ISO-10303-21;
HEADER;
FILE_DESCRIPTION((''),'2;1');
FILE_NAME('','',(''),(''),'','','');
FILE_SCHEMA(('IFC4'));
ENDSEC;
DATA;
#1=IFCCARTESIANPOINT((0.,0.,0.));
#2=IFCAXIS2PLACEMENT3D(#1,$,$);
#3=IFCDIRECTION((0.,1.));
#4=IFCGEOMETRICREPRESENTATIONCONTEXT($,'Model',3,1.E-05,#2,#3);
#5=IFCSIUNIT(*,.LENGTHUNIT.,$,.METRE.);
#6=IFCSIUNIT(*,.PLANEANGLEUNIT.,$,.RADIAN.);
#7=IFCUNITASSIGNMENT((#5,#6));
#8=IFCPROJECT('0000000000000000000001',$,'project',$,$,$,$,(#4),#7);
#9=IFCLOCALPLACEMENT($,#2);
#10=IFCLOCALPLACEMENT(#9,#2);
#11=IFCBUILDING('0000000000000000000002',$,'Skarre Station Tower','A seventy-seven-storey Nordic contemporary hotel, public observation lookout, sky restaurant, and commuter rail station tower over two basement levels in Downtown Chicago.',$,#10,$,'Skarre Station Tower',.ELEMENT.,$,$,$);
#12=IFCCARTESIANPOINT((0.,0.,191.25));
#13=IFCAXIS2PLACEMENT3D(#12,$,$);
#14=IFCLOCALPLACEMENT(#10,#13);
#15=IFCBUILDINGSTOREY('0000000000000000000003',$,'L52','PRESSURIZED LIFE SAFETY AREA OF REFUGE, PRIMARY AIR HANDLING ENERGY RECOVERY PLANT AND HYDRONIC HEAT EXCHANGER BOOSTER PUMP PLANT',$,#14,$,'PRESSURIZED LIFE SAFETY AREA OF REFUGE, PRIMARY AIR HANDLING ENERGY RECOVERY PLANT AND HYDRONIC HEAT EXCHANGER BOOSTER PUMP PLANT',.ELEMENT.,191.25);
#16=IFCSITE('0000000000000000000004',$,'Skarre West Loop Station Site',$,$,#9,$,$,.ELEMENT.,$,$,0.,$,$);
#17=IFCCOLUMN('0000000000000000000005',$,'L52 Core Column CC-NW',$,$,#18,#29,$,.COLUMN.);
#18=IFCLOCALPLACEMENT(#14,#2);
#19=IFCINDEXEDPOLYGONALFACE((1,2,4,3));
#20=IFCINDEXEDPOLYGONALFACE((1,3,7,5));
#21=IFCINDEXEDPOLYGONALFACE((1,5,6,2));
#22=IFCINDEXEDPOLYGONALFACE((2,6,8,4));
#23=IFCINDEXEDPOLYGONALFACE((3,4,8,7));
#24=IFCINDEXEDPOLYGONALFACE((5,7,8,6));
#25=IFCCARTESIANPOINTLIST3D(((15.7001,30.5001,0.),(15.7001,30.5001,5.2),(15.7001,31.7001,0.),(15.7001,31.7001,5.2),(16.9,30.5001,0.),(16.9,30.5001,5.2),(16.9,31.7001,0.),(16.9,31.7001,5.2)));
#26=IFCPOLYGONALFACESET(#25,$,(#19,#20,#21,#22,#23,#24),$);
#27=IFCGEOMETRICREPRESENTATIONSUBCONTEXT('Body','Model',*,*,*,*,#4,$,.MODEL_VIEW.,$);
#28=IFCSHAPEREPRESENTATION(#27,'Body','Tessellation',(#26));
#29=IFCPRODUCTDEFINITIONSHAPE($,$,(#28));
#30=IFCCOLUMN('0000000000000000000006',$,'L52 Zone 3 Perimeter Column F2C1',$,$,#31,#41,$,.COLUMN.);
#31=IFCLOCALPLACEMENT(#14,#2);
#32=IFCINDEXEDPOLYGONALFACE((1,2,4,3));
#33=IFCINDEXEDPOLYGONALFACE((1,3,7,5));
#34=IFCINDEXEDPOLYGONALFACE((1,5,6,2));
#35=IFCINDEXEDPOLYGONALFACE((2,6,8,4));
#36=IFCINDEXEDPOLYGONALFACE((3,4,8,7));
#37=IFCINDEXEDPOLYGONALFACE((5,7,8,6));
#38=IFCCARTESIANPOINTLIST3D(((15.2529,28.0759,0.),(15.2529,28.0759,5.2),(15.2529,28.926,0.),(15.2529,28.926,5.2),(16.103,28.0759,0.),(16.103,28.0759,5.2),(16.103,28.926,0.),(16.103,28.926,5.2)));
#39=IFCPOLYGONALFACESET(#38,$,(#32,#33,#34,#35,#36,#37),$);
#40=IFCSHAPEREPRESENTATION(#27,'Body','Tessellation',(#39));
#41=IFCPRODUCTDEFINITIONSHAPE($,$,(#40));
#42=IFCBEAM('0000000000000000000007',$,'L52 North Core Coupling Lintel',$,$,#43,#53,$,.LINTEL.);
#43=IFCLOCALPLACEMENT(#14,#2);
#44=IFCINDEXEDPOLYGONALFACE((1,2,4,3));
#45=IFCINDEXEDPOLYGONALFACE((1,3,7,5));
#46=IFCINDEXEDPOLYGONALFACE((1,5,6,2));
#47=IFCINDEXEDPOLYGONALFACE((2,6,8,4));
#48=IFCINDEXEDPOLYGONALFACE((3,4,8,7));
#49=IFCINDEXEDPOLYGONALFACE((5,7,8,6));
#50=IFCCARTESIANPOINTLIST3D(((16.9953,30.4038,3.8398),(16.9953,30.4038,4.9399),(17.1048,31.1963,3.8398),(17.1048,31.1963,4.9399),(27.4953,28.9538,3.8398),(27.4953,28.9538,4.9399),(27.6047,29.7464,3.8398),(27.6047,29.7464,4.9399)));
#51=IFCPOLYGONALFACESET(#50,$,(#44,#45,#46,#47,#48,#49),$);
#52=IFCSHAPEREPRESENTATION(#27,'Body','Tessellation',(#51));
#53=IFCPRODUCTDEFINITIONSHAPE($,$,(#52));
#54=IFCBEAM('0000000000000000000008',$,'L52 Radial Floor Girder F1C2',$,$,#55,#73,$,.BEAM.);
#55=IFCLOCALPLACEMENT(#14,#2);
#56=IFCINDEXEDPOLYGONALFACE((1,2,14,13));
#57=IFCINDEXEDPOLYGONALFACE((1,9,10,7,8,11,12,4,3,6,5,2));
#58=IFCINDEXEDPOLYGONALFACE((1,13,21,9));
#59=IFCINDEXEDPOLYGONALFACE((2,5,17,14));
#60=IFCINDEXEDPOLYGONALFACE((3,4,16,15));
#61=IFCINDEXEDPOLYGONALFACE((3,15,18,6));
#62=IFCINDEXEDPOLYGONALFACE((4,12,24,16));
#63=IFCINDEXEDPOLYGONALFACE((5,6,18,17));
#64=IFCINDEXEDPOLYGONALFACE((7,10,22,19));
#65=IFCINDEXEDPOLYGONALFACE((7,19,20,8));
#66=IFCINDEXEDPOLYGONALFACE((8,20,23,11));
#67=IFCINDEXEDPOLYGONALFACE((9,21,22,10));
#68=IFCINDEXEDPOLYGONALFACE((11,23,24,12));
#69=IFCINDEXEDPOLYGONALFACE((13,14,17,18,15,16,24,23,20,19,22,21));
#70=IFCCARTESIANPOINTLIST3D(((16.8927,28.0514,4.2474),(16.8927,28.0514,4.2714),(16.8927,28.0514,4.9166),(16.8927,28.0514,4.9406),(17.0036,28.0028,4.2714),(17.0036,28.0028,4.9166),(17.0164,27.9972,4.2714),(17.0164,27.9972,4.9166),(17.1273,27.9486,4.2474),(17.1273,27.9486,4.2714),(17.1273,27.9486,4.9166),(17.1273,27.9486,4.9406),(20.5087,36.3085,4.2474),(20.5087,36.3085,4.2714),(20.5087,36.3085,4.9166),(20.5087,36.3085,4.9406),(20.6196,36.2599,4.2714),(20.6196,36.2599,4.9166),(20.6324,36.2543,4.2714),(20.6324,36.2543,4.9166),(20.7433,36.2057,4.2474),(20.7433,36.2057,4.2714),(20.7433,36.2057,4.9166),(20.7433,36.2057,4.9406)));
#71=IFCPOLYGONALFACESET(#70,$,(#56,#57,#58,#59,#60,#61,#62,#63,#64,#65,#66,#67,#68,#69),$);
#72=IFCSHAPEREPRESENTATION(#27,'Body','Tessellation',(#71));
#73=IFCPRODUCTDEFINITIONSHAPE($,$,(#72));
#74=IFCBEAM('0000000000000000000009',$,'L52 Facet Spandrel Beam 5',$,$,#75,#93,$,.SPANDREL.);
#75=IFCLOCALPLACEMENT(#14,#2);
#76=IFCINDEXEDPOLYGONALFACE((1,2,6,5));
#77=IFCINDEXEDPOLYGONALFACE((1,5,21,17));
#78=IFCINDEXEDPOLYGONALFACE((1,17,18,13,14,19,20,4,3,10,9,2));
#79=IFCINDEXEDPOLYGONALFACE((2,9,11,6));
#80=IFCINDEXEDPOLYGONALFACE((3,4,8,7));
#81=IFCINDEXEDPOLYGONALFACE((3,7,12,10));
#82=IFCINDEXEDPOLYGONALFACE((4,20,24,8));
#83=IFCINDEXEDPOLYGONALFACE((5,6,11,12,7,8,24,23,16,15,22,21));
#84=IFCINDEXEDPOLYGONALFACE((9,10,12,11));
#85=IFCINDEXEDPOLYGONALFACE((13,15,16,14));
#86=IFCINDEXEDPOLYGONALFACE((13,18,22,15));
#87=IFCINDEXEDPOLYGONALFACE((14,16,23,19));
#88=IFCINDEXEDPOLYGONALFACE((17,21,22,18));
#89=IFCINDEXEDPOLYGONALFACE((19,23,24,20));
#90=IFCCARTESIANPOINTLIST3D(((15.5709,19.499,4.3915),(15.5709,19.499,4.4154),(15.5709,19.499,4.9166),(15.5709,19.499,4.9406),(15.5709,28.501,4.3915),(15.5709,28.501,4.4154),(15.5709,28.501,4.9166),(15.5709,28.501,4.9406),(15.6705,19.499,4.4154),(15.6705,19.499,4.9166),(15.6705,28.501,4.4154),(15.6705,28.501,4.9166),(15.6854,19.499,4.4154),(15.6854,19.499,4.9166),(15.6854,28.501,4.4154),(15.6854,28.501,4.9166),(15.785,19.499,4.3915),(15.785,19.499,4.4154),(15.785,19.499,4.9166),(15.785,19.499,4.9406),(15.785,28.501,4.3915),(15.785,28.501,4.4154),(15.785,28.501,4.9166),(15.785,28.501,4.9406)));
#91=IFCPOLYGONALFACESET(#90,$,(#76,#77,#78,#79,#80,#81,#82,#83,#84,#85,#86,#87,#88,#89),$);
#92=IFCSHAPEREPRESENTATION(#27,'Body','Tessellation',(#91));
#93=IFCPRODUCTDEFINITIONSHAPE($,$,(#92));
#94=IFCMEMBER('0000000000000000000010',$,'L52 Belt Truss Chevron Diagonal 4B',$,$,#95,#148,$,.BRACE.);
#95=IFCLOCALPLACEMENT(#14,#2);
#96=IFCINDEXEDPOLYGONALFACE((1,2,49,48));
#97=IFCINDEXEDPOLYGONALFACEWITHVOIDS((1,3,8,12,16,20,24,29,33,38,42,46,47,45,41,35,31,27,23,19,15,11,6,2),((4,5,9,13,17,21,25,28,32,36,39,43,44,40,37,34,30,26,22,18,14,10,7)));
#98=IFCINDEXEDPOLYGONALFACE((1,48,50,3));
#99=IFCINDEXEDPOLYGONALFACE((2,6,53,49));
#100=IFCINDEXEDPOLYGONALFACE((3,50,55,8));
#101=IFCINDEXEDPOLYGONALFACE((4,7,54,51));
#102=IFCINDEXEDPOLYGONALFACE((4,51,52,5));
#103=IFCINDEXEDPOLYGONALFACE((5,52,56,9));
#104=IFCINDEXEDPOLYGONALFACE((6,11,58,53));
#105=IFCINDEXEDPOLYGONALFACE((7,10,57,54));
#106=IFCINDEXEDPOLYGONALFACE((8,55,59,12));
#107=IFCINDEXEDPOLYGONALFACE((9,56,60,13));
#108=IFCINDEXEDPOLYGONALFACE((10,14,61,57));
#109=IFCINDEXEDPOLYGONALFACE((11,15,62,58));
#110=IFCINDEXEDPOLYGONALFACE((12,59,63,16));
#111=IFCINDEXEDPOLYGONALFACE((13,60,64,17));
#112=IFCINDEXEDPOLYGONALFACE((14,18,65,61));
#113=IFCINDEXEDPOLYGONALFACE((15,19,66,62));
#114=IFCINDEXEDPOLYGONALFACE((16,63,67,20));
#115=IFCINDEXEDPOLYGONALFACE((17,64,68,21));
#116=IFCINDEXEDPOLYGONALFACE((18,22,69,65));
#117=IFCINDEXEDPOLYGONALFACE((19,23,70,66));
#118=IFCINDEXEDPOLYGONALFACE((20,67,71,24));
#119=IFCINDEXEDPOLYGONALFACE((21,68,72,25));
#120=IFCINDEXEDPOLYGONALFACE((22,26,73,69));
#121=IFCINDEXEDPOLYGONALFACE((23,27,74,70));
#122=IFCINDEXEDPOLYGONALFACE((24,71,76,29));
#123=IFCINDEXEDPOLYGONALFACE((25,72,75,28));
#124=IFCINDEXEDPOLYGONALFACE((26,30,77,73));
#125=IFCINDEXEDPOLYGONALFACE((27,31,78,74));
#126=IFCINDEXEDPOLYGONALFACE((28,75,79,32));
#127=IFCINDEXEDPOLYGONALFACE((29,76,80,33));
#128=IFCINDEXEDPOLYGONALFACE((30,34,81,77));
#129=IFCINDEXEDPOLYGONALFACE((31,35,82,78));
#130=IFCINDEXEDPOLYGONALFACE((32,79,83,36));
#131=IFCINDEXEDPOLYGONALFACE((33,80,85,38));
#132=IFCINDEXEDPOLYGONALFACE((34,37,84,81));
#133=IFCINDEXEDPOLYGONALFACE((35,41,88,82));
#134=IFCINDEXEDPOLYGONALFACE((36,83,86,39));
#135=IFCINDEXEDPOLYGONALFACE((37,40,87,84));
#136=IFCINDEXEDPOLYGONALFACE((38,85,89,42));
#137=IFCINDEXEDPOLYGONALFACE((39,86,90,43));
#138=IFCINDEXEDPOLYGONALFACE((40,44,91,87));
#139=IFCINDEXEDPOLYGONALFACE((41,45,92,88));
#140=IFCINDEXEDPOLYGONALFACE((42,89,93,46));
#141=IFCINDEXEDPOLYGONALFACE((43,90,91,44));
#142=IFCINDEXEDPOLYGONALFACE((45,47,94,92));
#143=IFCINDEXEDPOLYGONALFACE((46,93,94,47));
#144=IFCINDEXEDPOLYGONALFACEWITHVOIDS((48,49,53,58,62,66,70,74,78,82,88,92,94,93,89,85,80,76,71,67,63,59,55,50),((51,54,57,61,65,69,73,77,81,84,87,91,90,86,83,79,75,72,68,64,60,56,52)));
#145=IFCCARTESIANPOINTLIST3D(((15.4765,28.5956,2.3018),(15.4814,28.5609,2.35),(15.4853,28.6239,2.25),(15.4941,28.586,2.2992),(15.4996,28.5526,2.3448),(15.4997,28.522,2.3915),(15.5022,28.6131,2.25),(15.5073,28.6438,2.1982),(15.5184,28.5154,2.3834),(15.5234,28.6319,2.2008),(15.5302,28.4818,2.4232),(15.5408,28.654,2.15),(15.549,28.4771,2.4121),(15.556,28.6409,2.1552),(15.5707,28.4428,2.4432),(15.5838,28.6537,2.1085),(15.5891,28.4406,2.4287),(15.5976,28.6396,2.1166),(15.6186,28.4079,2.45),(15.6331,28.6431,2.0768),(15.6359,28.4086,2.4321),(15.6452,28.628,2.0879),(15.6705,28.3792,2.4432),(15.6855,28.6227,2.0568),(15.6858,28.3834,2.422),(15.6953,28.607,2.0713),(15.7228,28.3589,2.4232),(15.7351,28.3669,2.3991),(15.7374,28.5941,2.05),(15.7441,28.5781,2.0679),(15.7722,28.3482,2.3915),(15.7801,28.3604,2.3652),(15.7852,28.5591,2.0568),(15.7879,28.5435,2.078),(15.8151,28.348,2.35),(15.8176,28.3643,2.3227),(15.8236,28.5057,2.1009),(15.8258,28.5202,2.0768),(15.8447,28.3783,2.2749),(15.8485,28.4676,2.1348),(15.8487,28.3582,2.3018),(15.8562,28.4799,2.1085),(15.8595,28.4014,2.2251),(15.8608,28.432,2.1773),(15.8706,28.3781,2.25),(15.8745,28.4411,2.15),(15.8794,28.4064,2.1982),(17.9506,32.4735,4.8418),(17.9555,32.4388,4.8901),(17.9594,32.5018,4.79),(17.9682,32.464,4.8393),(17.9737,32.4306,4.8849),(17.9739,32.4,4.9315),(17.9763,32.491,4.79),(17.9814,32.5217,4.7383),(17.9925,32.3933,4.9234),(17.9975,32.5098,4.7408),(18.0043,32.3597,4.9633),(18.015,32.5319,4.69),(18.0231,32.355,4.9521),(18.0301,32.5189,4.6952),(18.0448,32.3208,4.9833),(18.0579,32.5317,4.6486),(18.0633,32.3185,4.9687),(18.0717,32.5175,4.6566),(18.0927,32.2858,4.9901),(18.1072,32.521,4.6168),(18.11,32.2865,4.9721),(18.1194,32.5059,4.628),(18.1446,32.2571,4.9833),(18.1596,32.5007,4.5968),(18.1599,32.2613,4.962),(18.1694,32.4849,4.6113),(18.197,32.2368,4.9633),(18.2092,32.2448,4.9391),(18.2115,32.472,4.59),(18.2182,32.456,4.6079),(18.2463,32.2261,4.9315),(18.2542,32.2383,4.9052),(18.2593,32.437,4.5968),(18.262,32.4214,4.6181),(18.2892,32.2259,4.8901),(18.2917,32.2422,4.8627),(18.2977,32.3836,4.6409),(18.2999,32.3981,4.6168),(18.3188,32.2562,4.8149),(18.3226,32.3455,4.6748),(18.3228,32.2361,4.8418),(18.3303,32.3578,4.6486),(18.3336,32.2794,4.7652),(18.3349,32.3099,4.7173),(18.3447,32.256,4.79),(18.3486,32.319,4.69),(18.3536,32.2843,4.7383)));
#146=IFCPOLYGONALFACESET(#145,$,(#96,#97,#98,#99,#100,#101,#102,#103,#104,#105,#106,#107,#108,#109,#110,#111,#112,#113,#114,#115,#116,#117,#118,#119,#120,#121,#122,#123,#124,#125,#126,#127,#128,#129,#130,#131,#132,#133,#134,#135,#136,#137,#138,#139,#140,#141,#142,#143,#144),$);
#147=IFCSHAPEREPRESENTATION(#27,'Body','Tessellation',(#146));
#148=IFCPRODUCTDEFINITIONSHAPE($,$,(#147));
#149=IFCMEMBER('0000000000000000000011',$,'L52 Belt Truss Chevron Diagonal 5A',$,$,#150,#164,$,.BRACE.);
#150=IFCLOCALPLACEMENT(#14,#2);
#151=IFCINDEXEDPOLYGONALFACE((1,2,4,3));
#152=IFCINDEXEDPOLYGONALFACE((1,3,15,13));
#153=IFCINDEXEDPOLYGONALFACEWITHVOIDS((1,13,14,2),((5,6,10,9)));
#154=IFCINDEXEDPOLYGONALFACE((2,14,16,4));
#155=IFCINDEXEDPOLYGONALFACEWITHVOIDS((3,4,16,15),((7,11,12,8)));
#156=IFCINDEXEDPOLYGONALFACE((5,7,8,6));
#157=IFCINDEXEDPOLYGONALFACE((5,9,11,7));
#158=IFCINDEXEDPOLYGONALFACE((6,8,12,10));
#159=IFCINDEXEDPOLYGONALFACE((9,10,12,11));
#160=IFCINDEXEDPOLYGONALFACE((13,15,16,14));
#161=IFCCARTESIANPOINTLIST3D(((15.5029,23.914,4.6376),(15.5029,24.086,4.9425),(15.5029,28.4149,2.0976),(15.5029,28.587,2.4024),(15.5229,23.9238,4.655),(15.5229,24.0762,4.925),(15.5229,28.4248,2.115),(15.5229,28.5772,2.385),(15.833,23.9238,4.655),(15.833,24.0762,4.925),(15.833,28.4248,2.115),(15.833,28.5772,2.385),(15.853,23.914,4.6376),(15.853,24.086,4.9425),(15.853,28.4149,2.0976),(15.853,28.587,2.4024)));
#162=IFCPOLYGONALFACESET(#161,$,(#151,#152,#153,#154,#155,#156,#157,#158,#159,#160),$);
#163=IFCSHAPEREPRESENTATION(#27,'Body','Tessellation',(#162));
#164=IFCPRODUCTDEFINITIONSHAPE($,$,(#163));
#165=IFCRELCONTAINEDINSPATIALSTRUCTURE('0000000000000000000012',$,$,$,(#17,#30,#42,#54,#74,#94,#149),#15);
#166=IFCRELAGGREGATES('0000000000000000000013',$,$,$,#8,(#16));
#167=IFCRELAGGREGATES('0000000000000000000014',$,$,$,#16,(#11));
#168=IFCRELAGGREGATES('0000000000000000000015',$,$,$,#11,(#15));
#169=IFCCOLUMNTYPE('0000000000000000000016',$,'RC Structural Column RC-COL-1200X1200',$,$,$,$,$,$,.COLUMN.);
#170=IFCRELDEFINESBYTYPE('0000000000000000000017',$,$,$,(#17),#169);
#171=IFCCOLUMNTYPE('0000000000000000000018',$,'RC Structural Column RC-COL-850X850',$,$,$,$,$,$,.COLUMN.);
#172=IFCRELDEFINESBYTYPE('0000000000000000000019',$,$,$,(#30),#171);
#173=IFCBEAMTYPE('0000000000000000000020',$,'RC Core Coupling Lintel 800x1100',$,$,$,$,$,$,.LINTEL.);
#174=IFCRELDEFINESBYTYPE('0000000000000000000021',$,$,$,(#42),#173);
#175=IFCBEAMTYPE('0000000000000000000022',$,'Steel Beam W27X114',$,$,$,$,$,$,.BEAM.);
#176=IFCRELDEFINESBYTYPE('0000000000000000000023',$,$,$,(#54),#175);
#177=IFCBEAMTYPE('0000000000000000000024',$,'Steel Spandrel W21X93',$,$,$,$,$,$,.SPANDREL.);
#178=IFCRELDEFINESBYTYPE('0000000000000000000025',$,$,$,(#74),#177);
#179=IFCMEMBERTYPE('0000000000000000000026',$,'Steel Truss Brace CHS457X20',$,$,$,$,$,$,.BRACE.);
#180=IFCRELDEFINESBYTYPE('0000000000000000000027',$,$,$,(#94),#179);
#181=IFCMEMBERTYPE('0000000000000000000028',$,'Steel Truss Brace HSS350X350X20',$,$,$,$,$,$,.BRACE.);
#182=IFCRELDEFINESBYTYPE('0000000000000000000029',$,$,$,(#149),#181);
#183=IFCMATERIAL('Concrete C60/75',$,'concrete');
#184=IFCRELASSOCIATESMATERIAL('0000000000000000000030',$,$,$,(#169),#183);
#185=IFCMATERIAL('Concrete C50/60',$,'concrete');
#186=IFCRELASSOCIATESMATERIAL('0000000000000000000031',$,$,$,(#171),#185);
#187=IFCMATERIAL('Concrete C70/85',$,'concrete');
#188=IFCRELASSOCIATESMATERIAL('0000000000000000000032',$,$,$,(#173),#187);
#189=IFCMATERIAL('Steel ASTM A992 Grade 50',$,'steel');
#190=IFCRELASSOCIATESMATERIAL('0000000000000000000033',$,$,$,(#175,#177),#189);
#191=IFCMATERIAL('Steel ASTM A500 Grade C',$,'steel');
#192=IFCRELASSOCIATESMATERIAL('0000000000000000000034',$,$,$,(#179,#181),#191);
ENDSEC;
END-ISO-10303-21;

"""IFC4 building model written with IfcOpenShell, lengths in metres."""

from ifc_helpers import new_model, si_unit, direction, frame, origin, origin_2d, place, context, subcontext, project, spatial, rectangle, hollow_rectangle, hollow_circle, i_section, extrude, material, material_profile, profile_set, type_object, element, save


model = new_model("IFC4")

# Units and contexts
model_context = context("Model", 3, precision=1e-05, world=origin(), true_north=direction((0.0, 1.0)))
body_context = subcontext(model_context, "Body", "Model", "MODEL_VIEW")
ifc_project = project(units=[si_unit("LENGTHUNIT", "METRE"), si_unit("PLANEANGLEUNIT", "RADIAN")], contexts=[model_context])

# Site, building, storey
site_placement = place(None, origin())
site = spatial("IfcSite", under=ifc_project, at=site_placement, Name="Skarre West Loop Station Site", CompositionType="ELEMENT", RefElevation=0.0)
building_placement = place(site_placement, origin())
building = spatial("IfcBuilding", under=site, at=building_placement, Name="Skarre Station Tower", Description="A seventy-seven-storey Nordic contemporary hotel, public observation lookout, sky restaurant, and commuter rail station tower over two basement levels in Downtown Chicago.", LongName="Skarre Station Tower", CompositionType="ELEMENT")
storey_placement = place(building_placement, frame((0.0, 0.0, 191.25)))
storey = spatial("IfcBuildingStorey", under=building, at=storey_placement, Name="L52", Description="PRESSURIZED LIFE SAFETY AREA OF REFUGE, PRIMARY AIR HANDLING ENERGY RECOVERY PLANT AND HYDRONIC HEAT EXCHANGER BOOSTER PUMP PLANT", LongName="PRESSURIZED LIFE SAFETY AREA OF REFUGE, PRIMARY AIR HANDLING ENERGY RECOVERY PLANT AND HYDRONIC HEAT EXCHANGER BOOSTER PUMP PLANT", CompositionType="ELEMENT", Elevation=191.25)

# Columns
ifc_material_1 = material(Name="Concrete C60/75", Category="concrete")
ifc_material_profile_1 = material_profile(ifc_material_1, rectangle(XDim=1.2, YDim=1.2, at=origin_2d()), Name="Concrete C60/75")
ifc_profile_set_1 = profile_set([ifc_material_profile_1], Name="Concrete C60/75")
column_type_1 = type_object("IfcColumnType", Name="RC Structural Column RC-COL-1200X1200", PredefinedType="COLUMN", material=ifc_profile_set_1)
column_1_placement = place(storey_placement, frame((16.3, 31.1001, 0.0), z_axis=(0.0, 0.0, 1.0), x_axis=(1.0, 0.0, 0.0)))
element("IfcColumn", 1, at=column_1_placement, inside=storey, type_object=column_type_1, Name="L52 Core Column CC-NW", PredefinedType="COLUMN", context=body_context, shape_type="SweptSolid", body=[
    extrude(rectangle(XDim=1.2, YDim=1.2, at=origin_2d()), origin(), (0.0, 0.0, 1.0), 5.2),
])
ifc_material_2 = material(Name="Concrete C50/60", Category="concrete")
ifc_material_profile_2 = material_profile(ifc_material_2, rectangle(XDim=0.8501, YDim=0.8501, at=origin_2d()), Name="Concrete C50/60")
ifc_profile_set_2 = profile_set([ifc_material_profile_2], Name="Concrete C50/60")
column_type_2 = type_object("IfcColumnType", Name="RC Structural Column RC-COL-850X850", PredefinedType="COLUMN", material=ifc_profile_set_2)
column_2_placement = place(storey_placement, frame((15.678, 28.501, 0.0), z_axis=(0.0, 0.0, 1.0), x_axis=(1.0, 0.0, 0.0)))
element("IfcColumn", 2, at=column_2_placement, inside=storey, type_object=column_type_2, Name="L52 Zone 3 Perimeter Column F2C1", PredefinedType="COLUMN", context=body_context, shape_type="SweptSolid", body=[
    extrude(rectangle(XDim=0.8501, YDim=0.8501, at=origin_2d()), origin(), (0.0, 0.0, 1.0), 5.2),
])

# Beams
ifc_material_3 = material(Name="Concrete C70/85", Category="concrete")
ifc_material_profile_3 = material_profile(ifc_material_3, rectangle(XDim=0.8, YDim=1.1001, at=origin_2d()), Name="Concrete C70/85")
ifc_profile_set_3 = profile_set([ifc_material_profile_3], Name="Concrete C70/85")
beam_type_1 = type_object("IfcBeamType", Name="RC Core Coupling Lintel 800x1100", PredefinedType="LINTEL", material=ifc_profile_set_3)
beam_1_placement = place(storey_placement, frame((17.05, 30.8, 4.3899), z_axis=(0.9906, -0.136792, 0.0), x_axis=(0.136792, 0.9906, 0.0)))
element("IfcBeam", 3, at=beam_1_placement, inside=storey, type_object=beam_type_1, Name="L52 North Core Coupling Lintel", PredefinedType="LINTEL", context=body_context, shape_type="SweptSolid", body=[
    extrude(rectangle(XDim=0.8, YDim=1.1001, at=origin_2d()), origin(), (0.0, 0.0, 1.0), 10.5996),
])
ifc_material_4 = material(Name="Steel ASTM A992 Grade 50", Category="steel")
ifc_material_profile_4 = material_profile(ifc_material_4, i_section(OverallWidth=0.2561, OverallDepth=0.6931, WebThickness=0.0139, FlangeThickness=0.0239, at=origin_2d()), Name="Steel ASTM A992 Grade 50")
ifc_profile_set_4 = profile_set([ifc_material_profile_4], Name="Steel ASTM A992 Grade 50")
beam_type_2 = type_object("IfcBeamType", Name="Steel Beam W27X114", PredefinedType="BEAM", material=ifc_profile_set_4)
beam_2_placement = place(storey_placement, frame((17.01, 28.0, 4.594), z_axis=(0.401144, 0.916015, 0.0), x_axis=(-0.916015, 0.401144, 0.0)))
element("IfcBeam", 4, at=beam_2_placement, inside=storey, type_object=beam_type_2, Name="L52 Radial Floor Girder F1C2", PredefinedType="BEAM", context=body_context, shape_type="SweptSolid", body=[
    extrude(i_section(OverallWidth=0.2561, OverallDepth=0.6931, WebThickness=0.0139, FlangeThickness=0.0239, at=origin_2d()), origin(), (0.0, 0.0, 1.0), 9.0142),
])
ifc_material_profile_5 = material_profile(ifc_material_4, i_section(OverallWidth=0.2141, OverallDepth=0.5491, WebThickness=0.0149, FlangeThickness=0.0239, at=origin_2d()), Name="Steel ASTM A992 Grade 50")
ifc_profile_set_5 = profile_set([ifc_material_profile_5], Name="Steel ASTM A992 Grade 50")
beam_type_3 = type_object("IfcBeamType", Name="Steel Spandrel W21X93", PredefinedType="SPANDREL", material=ifc_profile_set_5)
beam_3_placement = place(storey_placement, frame((15.678, 28.501, 4.666), z_axis=(0.0, -1.0, 0.0), x_axis=(1.0, 0.0, 0.0)))
element("IfcBeam", 5, at=beam_3_placement, inside=storey, type_object=beam_type_3, Name="L52 Facet Spandrel Beam 5", PredefinedType="SPANDREL", context=body_context, shape_type="SweptSolid", body=[
    extrude(i_section(OverallWidth=0.2141, OverallDepth=0.5491, WebThickness=0.0149, FlangeThickness=0.0239, at=origin_2d()), origin(), (0.0, 0.0, 1.0), 9.002),
])

# Members
ifc_material_5 = material(Name="Steel ASTM A500 Grade C", Category="steel")
ifc_material_profile_6 = material_profile(ifc_material_5, hollow_circle(Radius=0.2285, WallThickness=0.02, at=origin_2d()), Name="Steel ASTM A500 Grade C")
ifc_profile_set_6 = profile_set([ifc_material_profile_6], Name="Steel ASTM A500 Grade C")
member_type_1 = type_object("IfcMemberType", Name="Steel Truss Brace CHS457X20", PredefinedType="BRACE", material=ifc_profile_set_6)
member_1_placement = place(storey_placement, frame((15.678, 28.501, 2.25), z_axis=(0.470844, 0.737999, 0.483388), x_axis=(-0.843036, 0.537857, 0.0)))
element("IfcMember", 6, at=member_1_placement, inside=storey, type_object=member_type_1, Name="L52 Belt Truss Chevron Diagonal 4B", PredefinedType="BRACE", context=body_context, shape_type="SweptSolid", body=[
    extrude(hollow_circle(Radius=0.2285, WallThickness=0.02, at=origin_2d()), origin(), (0.0, 0.0, 1.0), 5.2546),
])
ifc_material_profile_7 = material_profile(ifc_material_5, hollow_rectangle(XDim=0.3501, YDim=0.3501, WallThickness=0.02, at=origin_2d()), Name="Steel ASTM A500 Grade C")
ifc_profile_set_7 = profile_set([ifc_material_profile_7], Name="Steel ASTM A500 Grade C")
member_type_2 = type_object("IfcMemberType", Name="Steel Truss Brace HSS350X350X20", PredefinedType="BRACE", material=ifc_profile_set_7)
member_2_placement = place(storey_placement, frame((15.678, 28.501, 2.25), z_axis=(0.0, -0.870893, 0.491472), x_axis=(1.0, 0.0, 0.0)))
element("IfcMember", 7, at=member_2_placement, inside=storey, type_object=member_type_2, Name="L52 Belt Truss Chevron Diagonal 5A", PredefinedType="BRACE", context=body_context, shape_type="SweptSolid", body=[
    extrude(hollow_rectangle(XDim=0.3501, YDim=0.3501, WallThickness=0.02, at=origin_2d()), origin(), (0.0, 0.0, 1.0), 5.1682),
])

save(model, "model.ifc")
